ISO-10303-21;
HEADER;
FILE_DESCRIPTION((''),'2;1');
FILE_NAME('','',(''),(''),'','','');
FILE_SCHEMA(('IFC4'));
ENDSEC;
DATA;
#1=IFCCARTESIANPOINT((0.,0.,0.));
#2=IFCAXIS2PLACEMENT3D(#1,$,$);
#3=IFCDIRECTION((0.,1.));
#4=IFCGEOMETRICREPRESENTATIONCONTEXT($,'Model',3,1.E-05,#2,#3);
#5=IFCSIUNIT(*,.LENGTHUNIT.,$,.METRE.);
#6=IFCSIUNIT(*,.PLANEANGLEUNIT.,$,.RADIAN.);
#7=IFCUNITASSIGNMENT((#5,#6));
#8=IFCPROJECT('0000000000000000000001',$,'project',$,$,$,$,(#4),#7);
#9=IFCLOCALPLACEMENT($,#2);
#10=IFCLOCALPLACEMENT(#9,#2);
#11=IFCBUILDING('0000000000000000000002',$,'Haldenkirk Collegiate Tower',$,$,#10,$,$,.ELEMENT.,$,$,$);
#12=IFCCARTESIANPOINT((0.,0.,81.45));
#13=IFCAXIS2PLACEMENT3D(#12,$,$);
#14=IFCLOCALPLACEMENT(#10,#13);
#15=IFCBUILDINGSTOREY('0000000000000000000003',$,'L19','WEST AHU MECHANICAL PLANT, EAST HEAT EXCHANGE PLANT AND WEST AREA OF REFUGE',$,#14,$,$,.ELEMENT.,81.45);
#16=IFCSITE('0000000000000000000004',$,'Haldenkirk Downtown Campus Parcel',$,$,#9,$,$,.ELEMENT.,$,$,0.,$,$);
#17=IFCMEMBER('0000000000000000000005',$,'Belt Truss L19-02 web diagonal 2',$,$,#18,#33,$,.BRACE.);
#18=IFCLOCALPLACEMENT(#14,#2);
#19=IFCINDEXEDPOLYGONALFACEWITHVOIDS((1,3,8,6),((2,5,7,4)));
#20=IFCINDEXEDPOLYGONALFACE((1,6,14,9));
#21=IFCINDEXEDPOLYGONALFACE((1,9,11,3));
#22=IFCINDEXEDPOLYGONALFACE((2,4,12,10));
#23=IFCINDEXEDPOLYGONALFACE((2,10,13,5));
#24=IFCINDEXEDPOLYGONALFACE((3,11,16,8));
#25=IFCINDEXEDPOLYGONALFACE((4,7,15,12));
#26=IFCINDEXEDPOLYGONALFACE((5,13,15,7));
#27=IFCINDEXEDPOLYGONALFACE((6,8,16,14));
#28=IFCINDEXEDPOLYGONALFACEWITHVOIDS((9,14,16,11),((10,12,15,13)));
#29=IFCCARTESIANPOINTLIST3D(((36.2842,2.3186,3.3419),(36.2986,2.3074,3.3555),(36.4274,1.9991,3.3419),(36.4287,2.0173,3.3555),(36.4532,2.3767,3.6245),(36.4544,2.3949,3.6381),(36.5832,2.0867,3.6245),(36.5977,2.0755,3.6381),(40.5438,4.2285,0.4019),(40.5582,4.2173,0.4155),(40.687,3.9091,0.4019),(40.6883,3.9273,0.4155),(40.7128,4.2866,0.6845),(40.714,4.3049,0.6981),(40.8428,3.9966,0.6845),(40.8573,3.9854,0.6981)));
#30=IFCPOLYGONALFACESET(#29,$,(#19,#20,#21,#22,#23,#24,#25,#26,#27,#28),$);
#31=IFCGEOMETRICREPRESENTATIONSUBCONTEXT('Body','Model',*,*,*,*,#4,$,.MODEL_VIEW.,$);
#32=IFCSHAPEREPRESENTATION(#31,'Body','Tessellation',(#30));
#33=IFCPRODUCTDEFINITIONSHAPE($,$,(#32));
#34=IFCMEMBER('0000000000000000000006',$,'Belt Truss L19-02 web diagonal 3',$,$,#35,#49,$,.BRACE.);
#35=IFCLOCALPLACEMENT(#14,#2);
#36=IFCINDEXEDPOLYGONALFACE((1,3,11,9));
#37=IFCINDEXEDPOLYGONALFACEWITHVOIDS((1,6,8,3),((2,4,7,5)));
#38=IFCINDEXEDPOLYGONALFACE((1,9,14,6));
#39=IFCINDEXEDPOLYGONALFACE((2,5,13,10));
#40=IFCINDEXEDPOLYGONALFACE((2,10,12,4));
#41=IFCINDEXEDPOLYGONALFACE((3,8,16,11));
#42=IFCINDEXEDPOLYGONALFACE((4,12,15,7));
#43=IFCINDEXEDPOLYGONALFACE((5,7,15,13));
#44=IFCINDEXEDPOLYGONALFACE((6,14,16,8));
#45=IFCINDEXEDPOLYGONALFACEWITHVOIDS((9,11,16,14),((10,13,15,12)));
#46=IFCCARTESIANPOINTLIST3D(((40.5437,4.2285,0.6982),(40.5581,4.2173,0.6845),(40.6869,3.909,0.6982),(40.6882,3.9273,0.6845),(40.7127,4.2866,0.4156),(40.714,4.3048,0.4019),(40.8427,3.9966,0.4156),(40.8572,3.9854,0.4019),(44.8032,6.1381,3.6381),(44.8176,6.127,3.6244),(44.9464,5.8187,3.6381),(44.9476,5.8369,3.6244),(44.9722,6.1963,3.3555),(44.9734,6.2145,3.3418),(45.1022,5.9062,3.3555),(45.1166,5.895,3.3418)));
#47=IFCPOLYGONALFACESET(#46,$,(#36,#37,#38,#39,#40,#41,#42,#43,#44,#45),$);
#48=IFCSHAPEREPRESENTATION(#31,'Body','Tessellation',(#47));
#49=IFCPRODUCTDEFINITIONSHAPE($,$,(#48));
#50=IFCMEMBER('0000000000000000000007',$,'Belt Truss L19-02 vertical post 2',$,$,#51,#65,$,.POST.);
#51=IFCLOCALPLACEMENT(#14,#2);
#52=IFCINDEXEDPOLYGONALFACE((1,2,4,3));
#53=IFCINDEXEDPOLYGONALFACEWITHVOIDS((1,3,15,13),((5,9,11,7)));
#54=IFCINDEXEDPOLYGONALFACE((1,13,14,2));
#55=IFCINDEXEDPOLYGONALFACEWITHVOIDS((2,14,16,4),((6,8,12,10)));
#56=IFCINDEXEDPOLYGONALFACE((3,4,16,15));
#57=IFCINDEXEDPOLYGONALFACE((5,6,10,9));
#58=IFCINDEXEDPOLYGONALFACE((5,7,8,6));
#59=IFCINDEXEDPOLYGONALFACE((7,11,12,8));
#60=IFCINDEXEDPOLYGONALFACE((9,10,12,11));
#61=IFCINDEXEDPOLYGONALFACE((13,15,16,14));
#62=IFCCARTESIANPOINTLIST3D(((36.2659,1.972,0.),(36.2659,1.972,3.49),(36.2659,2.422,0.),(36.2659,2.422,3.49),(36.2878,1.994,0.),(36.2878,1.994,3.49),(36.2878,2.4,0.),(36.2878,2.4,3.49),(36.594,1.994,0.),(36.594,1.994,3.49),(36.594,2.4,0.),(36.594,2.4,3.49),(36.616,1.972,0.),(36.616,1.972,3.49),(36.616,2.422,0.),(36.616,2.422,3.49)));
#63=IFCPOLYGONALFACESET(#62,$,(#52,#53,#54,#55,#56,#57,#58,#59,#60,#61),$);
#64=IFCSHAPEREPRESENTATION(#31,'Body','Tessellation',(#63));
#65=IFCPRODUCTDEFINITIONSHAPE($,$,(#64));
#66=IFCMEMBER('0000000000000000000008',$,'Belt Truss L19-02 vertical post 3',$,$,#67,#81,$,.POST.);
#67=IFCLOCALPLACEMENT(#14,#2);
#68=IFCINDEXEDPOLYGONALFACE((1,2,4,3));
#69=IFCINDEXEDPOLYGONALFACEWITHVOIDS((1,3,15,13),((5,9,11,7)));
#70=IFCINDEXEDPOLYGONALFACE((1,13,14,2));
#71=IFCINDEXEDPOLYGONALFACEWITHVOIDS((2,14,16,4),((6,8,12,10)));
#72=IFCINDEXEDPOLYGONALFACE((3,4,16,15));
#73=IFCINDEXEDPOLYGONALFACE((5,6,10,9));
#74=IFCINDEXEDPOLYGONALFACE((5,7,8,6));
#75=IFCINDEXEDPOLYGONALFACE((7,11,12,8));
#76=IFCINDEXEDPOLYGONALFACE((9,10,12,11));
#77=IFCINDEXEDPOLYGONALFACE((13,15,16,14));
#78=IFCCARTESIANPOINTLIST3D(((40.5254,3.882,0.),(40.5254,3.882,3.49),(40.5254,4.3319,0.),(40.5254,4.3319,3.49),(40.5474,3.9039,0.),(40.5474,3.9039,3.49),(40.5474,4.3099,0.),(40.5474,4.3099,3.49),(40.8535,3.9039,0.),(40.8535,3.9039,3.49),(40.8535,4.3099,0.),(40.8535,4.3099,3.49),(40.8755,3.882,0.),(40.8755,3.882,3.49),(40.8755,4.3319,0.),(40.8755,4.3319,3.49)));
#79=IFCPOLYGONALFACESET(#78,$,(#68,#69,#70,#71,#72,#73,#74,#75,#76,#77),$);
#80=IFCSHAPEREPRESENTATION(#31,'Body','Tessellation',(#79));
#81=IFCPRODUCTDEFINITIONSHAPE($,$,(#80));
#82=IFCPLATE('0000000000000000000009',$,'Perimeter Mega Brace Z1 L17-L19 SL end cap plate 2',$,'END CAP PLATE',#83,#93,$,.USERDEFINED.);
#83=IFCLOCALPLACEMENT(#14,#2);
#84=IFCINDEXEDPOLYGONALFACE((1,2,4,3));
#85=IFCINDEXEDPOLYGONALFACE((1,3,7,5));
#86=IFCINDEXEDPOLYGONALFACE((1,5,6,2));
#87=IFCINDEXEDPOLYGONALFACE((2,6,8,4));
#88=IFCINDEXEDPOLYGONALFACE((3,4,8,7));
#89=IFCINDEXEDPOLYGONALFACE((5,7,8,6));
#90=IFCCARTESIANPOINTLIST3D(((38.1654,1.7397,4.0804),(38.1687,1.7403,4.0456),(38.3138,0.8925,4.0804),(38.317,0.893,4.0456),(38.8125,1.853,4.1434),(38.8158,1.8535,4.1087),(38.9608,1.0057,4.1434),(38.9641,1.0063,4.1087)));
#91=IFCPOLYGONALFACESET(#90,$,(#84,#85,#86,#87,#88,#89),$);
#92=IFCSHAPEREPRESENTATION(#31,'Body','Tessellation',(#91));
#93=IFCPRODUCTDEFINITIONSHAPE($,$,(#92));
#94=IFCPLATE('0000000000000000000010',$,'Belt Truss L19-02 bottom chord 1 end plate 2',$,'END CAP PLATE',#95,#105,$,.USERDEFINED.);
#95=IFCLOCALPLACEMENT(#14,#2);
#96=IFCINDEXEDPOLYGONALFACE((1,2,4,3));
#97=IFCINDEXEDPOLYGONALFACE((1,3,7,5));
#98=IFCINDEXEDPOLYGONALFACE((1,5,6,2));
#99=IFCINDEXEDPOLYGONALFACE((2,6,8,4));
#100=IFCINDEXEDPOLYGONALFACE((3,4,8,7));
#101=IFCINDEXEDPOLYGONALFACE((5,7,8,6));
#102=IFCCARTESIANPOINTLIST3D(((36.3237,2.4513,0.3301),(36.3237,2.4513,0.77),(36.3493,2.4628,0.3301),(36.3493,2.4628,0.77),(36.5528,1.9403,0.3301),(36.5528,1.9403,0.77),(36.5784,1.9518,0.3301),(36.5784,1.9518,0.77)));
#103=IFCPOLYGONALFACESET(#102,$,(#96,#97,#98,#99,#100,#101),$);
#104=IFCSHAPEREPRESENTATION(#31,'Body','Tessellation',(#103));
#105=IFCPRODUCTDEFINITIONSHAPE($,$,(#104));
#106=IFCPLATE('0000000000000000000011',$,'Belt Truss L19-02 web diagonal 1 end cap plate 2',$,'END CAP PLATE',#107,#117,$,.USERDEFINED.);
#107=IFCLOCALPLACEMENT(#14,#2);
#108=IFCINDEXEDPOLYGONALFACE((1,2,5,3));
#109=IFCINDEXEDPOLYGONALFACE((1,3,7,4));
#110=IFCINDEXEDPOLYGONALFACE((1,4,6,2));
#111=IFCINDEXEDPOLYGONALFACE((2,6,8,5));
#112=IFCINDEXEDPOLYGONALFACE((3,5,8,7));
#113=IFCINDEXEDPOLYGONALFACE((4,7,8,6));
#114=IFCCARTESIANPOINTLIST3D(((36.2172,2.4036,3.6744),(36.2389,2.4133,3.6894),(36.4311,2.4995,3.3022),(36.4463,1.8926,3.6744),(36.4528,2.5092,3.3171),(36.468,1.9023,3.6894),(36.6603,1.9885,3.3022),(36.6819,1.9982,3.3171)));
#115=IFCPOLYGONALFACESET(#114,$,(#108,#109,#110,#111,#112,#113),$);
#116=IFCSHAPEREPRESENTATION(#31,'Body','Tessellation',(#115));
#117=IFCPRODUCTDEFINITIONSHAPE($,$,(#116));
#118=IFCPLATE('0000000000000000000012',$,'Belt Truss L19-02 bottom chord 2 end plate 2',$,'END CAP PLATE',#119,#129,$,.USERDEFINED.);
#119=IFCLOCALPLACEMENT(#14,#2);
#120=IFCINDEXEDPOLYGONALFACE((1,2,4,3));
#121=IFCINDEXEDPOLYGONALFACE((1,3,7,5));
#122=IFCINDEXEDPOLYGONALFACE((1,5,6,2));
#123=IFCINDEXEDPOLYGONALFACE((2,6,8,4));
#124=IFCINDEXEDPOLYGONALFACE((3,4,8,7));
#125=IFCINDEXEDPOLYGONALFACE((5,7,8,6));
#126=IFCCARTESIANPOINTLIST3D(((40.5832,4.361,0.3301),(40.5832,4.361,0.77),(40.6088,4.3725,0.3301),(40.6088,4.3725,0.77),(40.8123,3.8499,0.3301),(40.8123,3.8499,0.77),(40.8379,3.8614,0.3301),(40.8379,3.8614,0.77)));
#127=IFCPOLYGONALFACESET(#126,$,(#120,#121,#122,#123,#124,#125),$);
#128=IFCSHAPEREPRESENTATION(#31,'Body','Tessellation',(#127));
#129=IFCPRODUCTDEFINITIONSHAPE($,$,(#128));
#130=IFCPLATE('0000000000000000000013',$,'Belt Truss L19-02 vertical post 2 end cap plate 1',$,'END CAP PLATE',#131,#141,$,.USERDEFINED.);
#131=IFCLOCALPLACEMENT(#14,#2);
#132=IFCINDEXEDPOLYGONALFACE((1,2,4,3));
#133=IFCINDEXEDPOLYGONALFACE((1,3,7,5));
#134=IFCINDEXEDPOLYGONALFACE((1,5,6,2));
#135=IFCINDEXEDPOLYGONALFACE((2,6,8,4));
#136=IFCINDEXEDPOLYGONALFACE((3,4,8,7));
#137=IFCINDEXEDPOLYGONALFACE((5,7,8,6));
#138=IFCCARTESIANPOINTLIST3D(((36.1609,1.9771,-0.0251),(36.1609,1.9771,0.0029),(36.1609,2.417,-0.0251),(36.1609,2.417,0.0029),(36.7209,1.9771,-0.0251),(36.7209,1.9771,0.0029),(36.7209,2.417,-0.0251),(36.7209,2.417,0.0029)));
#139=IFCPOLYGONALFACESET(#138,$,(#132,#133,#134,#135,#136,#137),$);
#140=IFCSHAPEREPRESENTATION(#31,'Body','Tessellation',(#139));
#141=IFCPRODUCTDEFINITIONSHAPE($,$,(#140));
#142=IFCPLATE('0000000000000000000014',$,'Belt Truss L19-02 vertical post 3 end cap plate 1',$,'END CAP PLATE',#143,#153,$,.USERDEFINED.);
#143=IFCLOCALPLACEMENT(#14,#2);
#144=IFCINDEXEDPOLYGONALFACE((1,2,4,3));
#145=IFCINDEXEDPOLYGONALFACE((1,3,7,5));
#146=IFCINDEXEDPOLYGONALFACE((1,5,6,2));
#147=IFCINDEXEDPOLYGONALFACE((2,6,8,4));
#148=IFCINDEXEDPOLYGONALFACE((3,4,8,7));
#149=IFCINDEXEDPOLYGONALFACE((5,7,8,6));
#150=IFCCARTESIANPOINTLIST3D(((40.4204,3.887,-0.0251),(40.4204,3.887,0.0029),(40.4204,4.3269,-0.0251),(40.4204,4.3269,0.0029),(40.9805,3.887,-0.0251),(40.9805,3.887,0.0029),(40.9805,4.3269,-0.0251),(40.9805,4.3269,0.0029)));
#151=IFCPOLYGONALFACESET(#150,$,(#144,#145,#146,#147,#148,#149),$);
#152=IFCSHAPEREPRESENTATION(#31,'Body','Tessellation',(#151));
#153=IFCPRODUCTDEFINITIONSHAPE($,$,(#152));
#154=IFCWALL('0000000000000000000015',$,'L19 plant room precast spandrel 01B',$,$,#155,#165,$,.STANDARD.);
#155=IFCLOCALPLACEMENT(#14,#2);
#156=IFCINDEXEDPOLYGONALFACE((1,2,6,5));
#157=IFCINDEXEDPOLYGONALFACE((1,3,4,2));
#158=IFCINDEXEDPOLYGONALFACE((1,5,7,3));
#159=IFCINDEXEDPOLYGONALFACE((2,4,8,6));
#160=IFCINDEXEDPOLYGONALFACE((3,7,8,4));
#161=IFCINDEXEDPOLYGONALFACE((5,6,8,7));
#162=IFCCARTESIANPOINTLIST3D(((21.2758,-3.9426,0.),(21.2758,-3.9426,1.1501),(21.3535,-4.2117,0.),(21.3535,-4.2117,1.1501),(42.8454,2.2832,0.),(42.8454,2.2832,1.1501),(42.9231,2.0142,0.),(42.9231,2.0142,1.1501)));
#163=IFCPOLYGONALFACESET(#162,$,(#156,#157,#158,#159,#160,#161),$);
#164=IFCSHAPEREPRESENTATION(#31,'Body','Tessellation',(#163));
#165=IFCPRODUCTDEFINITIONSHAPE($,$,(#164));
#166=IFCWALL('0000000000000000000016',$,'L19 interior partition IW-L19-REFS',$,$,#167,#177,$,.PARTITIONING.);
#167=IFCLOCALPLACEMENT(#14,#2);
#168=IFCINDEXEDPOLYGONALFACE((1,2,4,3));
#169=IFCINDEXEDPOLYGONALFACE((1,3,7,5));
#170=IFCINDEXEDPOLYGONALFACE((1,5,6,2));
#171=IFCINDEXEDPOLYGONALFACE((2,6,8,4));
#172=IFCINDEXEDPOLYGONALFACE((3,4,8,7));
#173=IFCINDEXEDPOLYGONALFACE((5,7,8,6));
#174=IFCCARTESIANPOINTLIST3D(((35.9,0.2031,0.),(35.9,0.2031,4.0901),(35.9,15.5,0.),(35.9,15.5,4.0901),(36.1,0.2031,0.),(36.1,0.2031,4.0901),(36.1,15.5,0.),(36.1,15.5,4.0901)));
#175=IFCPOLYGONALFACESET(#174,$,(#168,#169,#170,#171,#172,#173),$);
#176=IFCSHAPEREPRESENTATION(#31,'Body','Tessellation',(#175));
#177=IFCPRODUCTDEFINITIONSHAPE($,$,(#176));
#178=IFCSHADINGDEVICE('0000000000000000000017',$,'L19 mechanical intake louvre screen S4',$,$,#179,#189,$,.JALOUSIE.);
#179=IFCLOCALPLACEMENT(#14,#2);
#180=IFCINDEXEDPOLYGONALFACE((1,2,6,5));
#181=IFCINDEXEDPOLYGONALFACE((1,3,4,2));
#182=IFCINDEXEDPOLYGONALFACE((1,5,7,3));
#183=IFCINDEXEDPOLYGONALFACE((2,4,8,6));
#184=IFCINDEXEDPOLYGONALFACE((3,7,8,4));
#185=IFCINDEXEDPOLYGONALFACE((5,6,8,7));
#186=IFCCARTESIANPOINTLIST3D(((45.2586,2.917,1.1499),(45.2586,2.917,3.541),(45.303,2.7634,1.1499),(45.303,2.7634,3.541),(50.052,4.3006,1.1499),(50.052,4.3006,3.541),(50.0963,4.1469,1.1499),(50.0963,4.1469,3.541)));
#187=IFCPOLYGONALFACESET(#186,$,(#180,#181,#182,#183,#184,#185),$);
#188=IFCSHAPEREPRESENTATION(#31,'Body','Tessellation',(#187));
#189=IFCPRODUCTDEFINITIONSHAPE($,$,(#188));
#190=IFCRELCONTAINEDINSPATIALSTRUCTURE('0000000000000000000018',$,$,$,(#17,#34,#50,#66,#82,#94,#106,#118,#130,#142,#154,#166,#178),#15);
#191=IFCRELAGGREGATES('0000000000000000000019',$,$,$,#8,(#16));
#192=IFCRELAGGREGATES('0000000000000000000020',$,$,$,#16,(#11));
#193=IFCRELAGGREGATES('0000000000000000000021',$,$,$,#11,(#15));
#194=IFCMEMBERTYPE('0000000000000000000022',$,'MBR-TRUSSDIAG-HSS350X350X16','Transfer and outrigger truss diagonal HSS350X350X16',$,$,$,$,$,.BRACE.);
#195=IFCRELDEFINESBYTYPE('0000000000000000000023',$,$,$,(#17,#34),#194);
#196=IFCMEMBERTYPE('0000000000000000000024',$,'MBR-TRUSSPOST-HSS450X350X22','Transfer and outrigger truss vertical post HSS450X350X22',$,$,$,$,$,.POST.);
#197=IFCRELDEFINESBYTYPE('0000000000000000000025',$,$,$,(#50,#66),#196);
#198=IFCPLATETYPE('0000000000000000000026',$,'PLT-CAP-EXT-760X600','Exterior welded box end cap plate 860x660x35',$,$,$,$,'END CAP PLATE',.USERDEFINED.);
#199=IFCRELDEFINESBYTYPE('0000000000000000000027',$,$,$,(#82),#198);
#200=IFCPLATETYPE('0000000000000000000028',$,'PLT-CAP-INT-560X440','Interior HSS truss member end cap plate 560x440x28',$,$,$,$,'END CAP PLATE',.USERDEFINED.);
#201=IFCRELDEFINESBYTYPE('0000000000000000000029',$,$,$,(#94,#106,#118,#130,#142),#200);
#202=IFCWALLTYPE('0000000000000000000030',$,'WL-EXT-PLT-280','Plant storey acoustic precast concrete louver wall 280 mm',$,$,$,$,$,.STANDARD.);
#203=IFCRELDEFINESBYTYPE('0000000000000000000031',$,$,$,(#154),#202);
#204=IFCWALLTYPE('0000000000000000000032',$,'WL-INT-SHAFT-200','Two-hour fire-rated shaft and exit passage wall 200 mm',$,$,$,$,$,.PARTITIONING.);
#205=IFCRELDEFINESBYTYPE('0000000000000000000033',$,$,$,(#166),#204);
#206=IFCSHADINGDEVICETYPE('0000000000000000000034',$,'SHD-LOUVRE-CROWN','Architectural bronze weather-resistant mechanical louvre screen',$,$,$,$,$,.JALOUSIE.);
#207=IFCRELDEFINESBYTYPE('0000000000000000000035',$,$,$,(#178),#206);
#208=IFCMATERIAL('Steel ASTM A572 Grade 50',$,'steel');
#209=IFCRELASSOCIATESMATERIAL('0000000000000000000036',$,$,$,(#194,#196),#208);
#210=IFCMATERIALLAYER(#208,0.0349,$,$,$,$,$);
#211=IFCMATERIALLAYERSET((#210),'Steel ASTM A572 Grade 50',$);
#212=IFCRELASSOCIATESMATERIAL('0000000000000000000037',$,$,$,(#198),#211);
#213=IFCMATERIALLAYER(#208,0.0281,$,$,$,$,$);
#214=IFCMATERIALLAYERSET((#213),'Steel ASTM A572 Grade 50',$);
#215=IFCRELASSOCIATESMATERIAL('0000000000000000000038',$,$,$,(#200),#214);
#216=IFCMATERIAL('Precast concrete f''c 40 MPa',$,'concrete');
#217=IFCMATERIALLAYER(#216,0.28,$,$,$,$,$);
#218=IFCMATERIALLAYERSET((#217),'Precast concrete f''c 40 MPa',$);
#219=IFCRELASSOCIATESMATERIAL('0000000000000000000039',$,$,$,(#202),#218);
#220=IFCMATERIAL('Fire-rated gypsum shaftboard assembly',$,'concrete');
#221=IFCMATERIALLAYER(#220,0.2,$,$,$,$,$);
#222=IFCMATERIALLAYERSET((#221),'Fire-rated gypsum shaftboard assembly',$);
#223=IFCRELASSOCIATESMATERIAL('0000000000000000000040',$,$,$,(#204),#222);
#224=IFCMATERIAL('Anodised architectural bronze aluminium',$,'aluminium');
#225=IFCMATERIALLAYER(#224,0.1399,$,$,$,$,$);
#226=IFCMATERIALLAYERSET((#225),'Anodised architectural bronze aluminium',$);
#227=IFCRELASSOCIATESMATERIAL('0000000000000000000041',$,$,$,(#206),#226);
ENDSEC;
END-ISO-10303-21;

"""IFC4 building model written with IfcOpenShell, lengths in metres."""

from ifc_helpers import new_model, si_unit, direction, frame, frame_2d, origin, origin_2d, place, context, subcontext, project, spatial, rectangle, hollow_rectangle, extrude, source, transform, mapped, material, layer, layer_set, material_profile, profile_set, type_object, element, save


model = new_model("IFC4")

# Units and contexts
model_context = context("Model", 3, precision=1e-05, world=origin(), true_north=direction((0.0, 1.0)))
body_context = subcontext(model_context, "Body", "Model", "MODEL_VIEW")
ifc_project = project(units=[si_unit("LENGTHUNIT", "METRE"), si_unit("PLANEANGLEUNIT", "RADIAN")], contexts=[model_context])

# Site, building, storey
site_placement = place(None, origin())
site = spatial("IfcSite", under=ifc_project, at=site_placement, Name="Haldenkirk Downtown Campus Parcel", CompositionType="ELEMENT", RefElevation=0.0)
building_placement = place(site_placement, origin())
building = spatial("IfcBuilding", under=site, at=building_placement, Name="Haldenkirk Collegiate Tower", CompositionType="ELEMENT")
storey_placement = place(building_placement, frame((0.0, 0.0, 81.45)))
storey = spatial("IfcBuildingStorey", under=building, at=storey_placement, Name="L19", Description="WEST AHU MECHANICAL PLANT, EAST HEAT EXCHANGE PLANT AND WEST AREA OF REFUGE", CompositionType="ELEMENT", Elevation=81.45)

# Members
ifc_material_1 = material(Name="Steel ASTM A572 Grade 50", Category="steel")
ifc_material_profile_1 = material_profile(ifc_material_1, hollow_rectangle(XDim=0.3501, YDim=0.3501, WallThickness=0.0161, at=origin_2d()), Name="HSS350X350X16")
ifc_profile_set_1 = profile_set([ifc_material_profile_1], Name="Steel ASTM A572 Grade 50")
member_type_1 = type_object("IfcMemberType", Name="MBR-TRUSSDIAG-HSS350X350X16", Description="Transfer and outrigger truss diagonal HSS350X350X16", PredefinedType="BRACE", material=ifc_profile_set_1)
member_1_placement = place(storey_placement, frame((36.4409, 2.197, 3.49), z_axis=(0.772107, 0.346202, -0.532912), x_axis=(-0.40914, 0.912472, 0.0)))
element("IfcMember", 1, at=member_1_placement, inside=storey, type_object=member_type_1, Name="Belt Truss L19-02 web diagonal 2", PredefinedType="BRACE", context=body_context, shape_type="SweptSolid", body=[
    extrude(hollow_rectangle(XDim=0.3501, YDim=0.3501, WallThickness=0.0161, at=origin_2d()), origin(), (0.0, 0.0, 1.0), 5.5168),
])
member_2_placement = place(storey_placement, frame((40.7004, 4.1069, 0.55), z_axis=(0.772119, 0.346163, 0.53292), x_axis=(-0.409096, 0.912491, 0.0)))
element("IfcMember", 2, at=member_2_placement, inside=storey, type_object=member_type_1, Name="Belt Truss L19-02 web diagonal 3", PredefinedType="BRACE", context=body_context, shape_type="SweptSolid", body=[
    extrude(hollow_rectangle(XDim=0.3501, YDim=0.3501, WallThickness=0.0161, at=origin_2d()), origin(), (0.0, 0.0, 1.0), 5.5166),
])
ifc_material_profile_2 = material_profile(ifc_material_1, hollow_rectangle(XDim=0.3501, YDim=0.45, WallThickness=0.022, at=origin_2d()), Name="HSS450X350X22")
ifc_profile_set_2 = profile_set([ifc_material_profile_2], Name="Steel ASTM A572 Grade 50")
member_type_2 = type_object("IfcMemberType", Name="MBR-TRUSSPOST-HSS450X350X22", Description="Transfer and outrigger truss vertical post HSS450X350X22", PredefinedType="POST", material=ifc_profile_set_2)
for number, where, z_axis, x_axis, name in (
    (3, (36.4409, 2.197, 0.0), (0.0, 0.0, 1.0), (1.0, 0.0, 0.0), "Belt Truss L19-02 vertical post 2"),
    (4, (40.7004, 4.1069, 0.0), (0.0, 0.0, 1.0), (1.0, 0.0, 0.0), "Belt Truss L19-02 vertical post 3"),
):
    element("IfcMember", number, at=place(storey_placement, frame(where, z_axis=z_axis, x_axis=x_axis)), inside=storey, type_object=member_type_2, Name=name, PredefinedType="POST", context=body_context, shape_type="SweptSolid", body=[
        extrude(hollow_rectangle(XDim=0.3501, YDim=0.45, WallThickness=0.022, at=origin_2d()), origin(), (0.0, 0.0, 1.0), 3.49),
    ])

# Plates
ifc_layer_1 = layer(ifc_material_1, 0.0349)
ifc_layer_set_1 = layer_set([ifc_layer_1], Name="Steel ASTM A572 Grade 50")
plate_type_1 = type_object("IfcPlateType", Name="PLT-CAP-EXT-760X600", Description="Exterior welded box end cap plate 860x660x35", ElementType="END CAP PLATE", PredefinedType="USERDEFINED", material=ifc_layer_set_1)
shared_shape_1 = source(origin(), body_context, "Body", "SweptSolid", [
    extrude(rectangle(XDim=0.8601, YDim=0.6599, at=origin_2d()), origin(), (0.0, 0.0, 1.0), 0.0349),
])
plate_placement = place(storey_placement, frame((38.5664, 1.3733, 4.0771), z_axis=(-0.09413, -0.016479, 0.995424), x_axis=(0.172442, -0.98502, 0.0)))
element("IfcPlate", 5, at=plate_placement, inside=storey, type_object=plate_type_1, Name="Perimeter Mega Brace Z1 L17-L19 SL end cap plate 2", ObjectType="END CAP PLATE", PredefinedType="USERDEFINED", context=body_context, shape_type="MappedRepresentation", body=[
    mapped(shared_shape_1, transform((0.0, 0.0, 0.0), x_axis=(1.0, 0.0, 0.0), y_axis=(0.0, 1.0, 0.0), z_axis=(0.0, 0.0, 1.0), scale=1.0)),
])
ifc_layer_2 = layer(ifc_material_1, 0.0281)
ifc_layer_set_2 = layer_set([ifc_layer_2], Name="Steel ASTM A572 Grade 50")
plate_type_2 = type_object("IfcPlateType", Name="PLT-CAP-INT-560X440", Description="Interior HSS truss member end cap plate 560x440x28", ElementType="END CAP PLATE", PredefinedType="USERDEFINED", material=ifc_layer_set_2)
shared_shape_2 = source(origin(), body_context, "Body", "SweptSolid", [
    extrude(rectangle(XDim=0.5601, YDim=0.4399, at=origin_2d()), origin(), (0.0, 0.0, 1.0), 0.0281),
])
for number, where, z_axis, x_axis, name in (
    (6, (36.4382, 2.1958, 0.55), (0.912479, 0.409124, 0.0), (-0.409124, 0.912479, 0.0), "Belt Truss L19-02 bottom chord 1 end plate 2"),
    (7, (36.4387, 2.196, 3.4883), (0.772106, 0.346184, 0.532925), (-0.409122, 0.91248, 0.0), "Belt Truss L19-02 web diagonal 1 end cap plate 2"),
    (8, (40.6978, 4.1055, 0.55), (0.912479, 0.409124, 0.0), (-0.409124, 0.912479, 0.0), "Belt Truss L19-02 bottom chord 2 end plate 2"),
    (9, (36.4409, 2.197, 0.0029), (0.0, 0.0, -1.0), (1.0, 0.0, 0.0), "Belt Truss L19-02 vertical post 2 end cap plate 1"),
    (10, (40.7004, 4.1069, 0.0029), (0.0, 0.0, -1.0), (1.0, 0.0, 0.0), "Belt Truss L19-02 vertical post 3 end cap plate 1"),
):
    element("IfcPlate", number, at=place(storey_placement, frame(where, z_axis=z_axis, x_axis=x_axis)), inside=storey, type_object=plate_type_2, Name=name, ObjectType="END CAP PLATE", PredefinedType="USERDEFINED", context=body_context, shape_type="MappedRepresentation", body=[
        mapped(shared_shape_2, transform((0.0, 0.0, 0.0), x_axis=(1.0, 0.0, 0.0), y_axis=(0.0, 1.0, 0.0), z_axis=(0.0, 0.0, 1.0), scale=1.0)),
    ])

# Walls
ifc_material_2 = material(Name="Precast concrete f'c 40 MPa", Category="concrete")
ifc_layer_3 = layer(ifc_material_2, 0.28)
ifc_layer_set_3 = layer_set([ifc_layer_3], Name="Precast concrete f'c 40 MPa")
wall_type_1 = type_object("IfcWallType", Name="WL-EXT-PLT-280", Description="Plant storey acoustic precast concrete louver wall 280 mm", PredefinedType="STANDARD", material=ifc_layer_set_3)
wall_1_placement = place(storey_placement, frame((42.8843, 2.1487, 0.0), z_axis=(0.0, 0.0, 1.0), x_axis=(-0.960778, -0.277318, 0.0)))
element("IfcWall", 11, at=wall_1_placement, inside=storey, type_object=wall_type_1, Name="L19 plant room precast spandrel 01B", PredefinedType="STANDARD", context=body_context, shape_type="SweptSolid", body=[
    extrude(rectangle(XDim=22.4502, YDim=0.28, at=frame_2d((11.2251, 0.0))), origin(), (0.0, 0.0, 1.0), 1.1501),
])
ifc_material_3 = material(Name="Fire-rated gypsum shaftboard assembly", Category="concrete")
ifc_layer_4 = layer(ifc_material_3, 0.2)
ifc_layer_set_4 = layer_set([ifc_layer_4], Name="Fire-rated gypsum shaftboard assembly")
wall_type_2 = type_object("IfcWallType", Name="WL-INT-SHAFT-200", Description="Two-hour fire-rated shaft and exit passage wall 200 mm", PredefinedType="PARTITIONING", material=ifc_layer_set_4)
wall_2_placement = place(storey_placement, frame((36.0, 0.2031, 0.0), z_axis=(0.0, 0.0, 1.0), x_axis=(0.0, 1.0, 0.0)))
element("IfcWall", 12, at=wall_2_placement, inside=storey, type_object=wall_type_2, Name="L19 interior partition IW-L19-REFS", PredefinedType="PARTITIONING", context=body_context, shape_type="SweptSolid", body=[
    extrude(rectangle(XDim=15.2969, YDim=0.2, at=frame_2d((7.6484, 0.0))), origin(), (0.0, 0.0, 1.0), 4.0901),
])

# Shading device
ifc_material_4 = material(Name="Anodised architectural bronze aluminium", Category="aluminium")
ifc_layer_5 = layer(ifc_material_4, 0.1399)
ifc_layer_set_5 = layer_set([ifc_layer_5], Name="Anodised architectural bronze aluminium")
shading_device_type = type_object("IfcShadingDeviceType", Name="SHD-LOUVRE-CROWN", Description="Architectural bronze weather-resistant mechanical louvre screen", PredefinedType="JALOUSIE", material=ifc_layer_set_5)
shared_shape_3 = source(origin(), body_context, "Body", "SweptSolid", [
    extrude(rectangle(XDim=4.989, YDim=0.1599, at=origin_2d()), origin(), (0.0, 0.0, 1.0), 2.3911),
])
for number, where, z_axis, x_axis, name in (
    (13, (47.6775, 3.532, 1.1499), (0.0, 0.0, 1.0), (-0.960779, -0.277315, 0.0), "L19 mechanical intake louvre screen S4"),
):
    element("IfcShadingDevice", number, at=place(storey_placement, frame(where, z_axis=z_axis, x_axis=x_axis)), inside=storey, type_object=shading_device_type, Name=name, PredefinedType="JALOUSIE", context=body_context, shape_type="MappedRepresentation", body=[
        mapped(shared_shape_3, transform((0.0, 0.0, 0.0), x_axis=(1.0, 0.0, 0.0), y_axis=(0.0, 1.0, 0.0), z_axis=(0.0, 0.0, 1.0), scale=1.0)),
    ])

save(model, "model.ifc")
